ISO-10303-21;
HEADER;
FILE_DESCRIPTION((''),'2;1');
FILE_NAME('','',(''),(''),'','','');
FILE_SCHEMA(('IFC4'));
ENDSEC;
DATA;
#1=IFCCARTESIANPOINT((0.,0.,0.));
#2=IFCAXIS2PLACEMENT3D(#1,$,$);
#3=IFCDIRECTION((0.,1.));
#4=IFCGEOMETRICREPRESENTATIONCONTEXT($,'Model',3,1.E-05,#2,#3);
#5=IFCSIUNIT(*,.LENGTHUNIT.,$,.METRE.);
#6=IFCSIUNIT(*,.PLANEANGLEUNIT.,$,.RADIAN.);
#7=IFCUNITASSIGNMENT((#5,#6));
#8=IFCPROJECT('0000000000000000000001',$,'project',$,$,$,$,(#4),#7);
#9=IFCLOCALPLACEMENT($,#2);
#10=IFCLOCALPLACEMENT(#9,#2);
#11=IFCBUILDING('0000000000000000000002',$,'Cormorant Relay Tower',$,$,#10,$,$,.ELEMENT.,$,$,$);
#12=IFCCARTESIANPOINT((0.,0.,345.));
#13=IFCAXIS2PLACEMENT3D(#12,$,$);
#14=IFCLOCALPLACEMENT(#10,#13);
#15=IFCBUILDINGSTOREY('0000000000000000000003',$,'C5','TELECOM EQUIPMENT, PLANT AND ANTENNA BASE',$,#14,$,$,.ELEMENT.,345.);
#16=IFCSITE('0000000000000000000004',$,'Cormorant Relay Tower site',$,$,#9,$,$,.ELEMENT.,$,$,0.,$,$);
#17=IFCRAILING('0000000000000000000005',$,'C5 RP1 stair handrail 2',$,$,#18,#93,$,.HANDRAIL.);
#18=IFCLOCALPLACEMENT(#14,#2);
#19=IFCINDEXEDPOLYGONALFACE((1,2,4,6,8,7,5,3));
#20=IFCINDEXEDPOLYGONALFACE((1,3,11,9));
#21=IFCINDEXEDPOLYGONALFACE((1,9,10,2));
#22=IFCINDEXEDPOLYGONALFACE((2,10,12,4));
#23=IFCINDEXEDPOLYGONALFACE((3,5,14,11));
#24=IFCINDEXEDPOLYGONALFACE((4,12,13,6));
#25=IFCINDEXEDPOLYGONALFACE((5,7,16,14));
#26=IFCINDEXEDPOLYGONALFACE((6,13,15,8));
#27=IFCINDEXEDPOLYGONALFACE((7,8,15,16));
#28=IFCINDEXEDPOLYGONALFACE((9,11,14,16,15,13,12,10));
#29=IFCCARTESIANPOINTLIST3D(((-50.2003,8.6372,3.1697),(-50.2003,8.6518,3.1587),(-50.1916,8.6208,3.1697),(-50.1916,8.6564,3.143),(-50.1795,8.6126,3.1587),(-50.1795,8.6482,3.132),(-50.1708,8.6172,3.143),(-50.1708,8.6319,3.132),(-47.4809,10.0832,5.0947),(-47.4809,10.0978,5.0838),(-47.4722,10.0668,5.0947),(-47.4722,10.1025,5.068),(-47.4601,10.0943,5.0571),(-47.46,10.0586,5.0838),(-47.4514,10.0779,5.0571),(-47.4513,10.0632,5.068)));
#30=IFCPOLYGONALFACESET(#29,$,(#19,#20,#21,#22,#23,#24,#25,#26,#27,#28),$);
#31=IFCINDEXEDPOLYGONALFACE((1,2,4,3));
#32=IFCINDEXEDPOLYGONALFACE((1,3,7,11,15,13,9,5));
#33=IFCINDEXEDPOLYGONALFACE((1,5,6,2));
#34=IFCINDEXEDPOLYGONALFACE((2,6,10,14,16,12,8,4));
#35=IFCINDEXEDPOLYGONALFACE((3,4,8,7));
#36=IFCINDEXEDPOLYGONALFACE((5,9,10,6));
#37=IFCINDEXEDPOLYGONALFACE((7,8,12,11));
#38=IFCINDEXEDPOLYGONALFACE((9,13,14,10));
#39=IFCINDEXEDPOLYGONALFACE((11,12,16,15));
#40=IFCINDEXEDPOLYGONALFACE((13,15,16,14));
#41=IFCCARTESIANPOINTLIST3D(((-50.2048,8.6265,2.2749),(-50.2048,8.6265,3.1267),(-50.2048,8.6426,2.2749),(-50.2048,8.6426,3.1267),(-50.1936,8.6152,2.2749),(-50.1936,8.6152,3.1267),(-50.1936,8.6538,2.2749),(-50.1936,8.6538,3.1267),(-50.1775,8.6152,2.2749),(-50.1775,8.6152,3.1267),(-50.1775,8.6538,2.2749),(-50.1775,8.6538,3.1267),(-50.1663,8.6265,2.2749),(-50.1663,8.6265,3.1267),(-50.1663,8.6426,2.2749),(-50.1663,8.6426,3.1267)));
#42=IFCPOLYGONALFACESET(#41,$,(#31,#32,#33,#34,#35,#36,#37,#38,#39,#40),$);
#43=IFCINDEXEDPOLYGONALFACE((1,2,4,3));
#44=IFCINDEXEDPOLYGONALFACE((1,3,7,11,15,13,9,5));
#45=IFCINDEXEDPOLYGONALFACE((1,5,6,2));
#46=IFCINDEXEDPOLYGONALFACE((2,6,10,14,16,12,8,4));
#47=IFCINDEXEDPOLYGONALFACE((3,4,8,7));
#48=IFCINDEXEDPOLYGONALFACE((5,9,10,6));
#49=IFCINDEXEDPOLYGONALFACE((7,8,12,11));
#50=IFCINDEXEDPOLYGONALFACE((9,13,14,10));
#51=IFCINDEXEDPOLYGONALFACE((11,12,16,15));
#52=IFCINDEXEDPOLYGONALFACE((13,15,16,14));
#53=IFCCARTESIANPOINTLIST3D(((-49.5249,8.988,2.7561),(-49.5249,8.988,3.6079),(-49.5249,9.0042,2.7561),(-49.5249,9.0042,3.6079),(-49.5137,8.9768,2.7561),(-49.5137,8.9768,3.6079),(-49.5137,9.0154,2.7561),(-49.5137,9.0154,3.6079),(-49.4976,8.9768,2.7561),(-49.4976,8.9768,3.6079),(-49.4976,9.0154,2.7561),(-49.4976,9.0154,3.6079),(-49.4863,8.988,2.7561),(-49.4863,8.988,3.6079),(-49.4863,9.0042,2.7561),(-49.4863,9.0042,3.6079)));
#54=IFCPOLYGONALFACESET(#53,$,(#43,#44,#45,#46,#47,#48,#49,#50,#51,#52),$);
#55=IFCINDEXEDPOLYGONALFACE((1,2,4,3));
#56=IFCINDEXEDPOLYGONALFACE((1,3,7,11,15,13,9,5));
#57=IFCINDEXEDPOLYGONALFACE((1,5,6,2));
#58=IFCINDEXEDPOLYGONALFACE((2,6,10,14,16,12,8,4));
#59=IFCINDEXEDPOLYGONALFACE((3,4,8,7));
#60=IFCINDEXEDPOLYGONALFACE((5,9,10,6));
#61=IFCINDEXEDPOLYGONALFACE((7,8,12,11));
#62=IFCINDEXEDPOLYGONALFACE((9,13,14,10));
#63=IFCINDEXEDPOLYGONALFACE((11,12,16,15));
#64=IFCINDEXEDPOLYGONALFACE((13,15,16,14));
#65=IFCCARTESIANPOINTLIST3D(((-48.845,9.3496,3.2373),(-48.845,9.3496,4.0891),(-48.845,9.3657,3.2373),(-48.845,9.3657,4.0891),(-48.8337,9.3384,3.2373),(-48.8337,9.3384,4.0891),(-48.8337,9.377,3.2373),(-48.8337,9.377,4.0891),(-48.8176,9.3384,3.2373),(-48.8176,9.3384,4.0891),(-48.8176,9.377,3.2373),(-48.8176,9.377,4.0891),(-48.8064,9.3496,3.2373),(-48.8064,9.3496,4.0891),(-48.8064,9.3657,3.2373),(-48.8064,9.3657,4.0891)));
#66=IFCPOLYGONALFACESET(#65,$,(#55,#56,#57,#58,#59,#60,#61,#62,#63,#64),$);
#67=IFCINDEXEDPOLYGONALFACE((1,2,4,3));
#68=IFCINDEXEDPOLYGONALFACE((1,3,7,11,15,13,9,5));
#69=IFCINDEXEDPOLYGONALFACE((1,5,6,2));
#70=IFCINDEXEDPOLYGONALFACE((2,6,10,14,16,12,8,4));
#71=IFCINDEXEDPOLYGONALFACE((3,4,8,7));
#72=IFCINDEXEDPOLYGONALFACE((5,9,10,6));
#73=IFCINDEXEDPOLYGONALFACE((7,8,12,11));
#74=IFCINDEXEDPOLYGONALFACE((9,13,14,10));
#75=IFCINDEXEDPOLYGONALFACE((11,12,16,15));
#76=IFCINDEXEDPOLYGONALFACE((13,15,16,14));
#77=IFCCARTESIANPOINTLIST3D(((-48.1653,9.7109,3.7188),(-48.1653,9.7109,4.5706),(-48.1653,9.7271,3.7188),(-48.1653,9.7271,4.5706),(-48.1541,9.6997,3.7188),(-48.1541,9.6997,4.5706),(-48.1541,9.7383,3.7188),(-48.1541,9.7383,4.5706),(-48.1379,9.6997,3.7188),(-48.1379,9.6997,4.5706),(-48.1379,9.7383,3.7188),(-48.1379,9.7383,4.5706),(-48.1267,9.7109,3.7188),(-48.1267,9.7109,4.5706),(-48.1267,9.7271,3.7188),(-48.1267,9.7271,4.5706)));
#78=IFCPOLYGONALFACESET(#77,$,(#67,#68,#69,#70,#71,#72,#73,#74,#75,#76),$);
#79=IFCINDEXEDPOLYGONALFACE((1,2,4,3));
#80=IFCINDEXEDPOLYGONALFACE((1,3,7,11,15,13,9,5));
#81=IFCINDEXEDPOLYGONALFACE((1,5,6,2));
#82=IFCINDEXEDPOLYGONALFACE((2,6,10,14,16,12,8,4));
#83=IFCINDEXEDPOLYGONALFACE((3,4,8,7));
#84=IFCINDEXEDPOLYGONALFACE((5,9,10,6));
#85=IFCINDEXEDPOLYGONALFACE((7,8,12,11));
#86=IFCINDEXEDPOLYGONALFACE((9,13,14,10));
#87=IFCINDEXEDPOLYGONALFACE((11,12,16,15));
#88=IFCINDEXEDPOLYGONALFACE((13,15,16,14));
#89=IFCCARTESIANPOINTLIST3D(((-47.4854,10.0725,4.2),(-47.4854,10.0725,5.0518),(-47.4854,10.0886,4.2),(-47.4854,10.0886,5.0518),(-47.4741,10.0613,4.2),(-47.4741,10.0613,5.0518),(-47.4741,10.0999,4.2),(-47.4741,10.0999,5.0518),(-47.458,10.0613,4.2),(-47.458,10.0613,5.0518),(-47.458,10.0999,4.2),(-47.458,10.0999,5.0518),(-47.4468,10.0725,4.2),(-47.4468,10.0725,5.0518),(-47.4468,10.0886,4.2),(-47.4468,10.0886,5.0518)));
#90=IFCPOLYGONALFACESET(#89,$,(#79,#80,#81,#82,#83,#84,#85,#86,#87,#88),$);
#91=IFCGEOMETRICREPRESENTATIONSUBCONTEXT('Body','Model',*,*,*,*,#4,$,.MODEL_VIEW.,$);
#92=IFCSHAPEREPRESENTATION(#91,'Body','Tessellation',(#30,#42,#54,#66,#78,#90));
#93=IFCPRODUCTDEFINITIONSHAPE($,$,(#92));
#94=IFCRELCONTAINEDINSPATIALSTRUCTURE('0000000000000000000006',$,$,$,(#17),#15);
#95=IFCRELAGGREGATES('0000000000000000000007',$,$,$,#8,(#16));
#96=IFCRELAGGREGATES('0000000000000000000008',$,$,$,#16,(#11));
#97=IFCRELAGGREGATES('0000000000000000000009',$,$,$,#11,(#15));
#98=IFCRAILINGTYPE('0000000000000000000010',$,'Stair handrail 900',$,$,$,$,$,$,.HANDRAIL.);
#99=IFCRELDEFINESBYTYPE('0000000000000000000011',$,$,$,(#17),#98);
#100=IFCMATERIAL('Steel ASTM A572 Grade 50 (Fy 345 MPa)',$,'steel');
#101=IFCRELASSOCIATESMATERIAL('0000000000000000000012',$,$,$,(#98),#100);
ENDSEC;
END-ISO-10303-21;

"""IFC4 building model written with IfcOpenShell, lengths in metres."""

from ifc_helpers import new_model, si_unit, direction, frame, origin, place, context, subcontext, project, spatial, polyline, outline, extrude, material, type_object, element, save


model = new_model("IFC4")

# Units and contexts
model_context = context("Model", 3, precision=1e-05, world=origin(), true_north=direction((0.0, 1.0)))
body_context = subcontext(model_context, "Body", "Model", "MODEL_VIEW")
ifc_project = project(units=[si_unit("LENGTHUNIT", "METRE"), si_unit("PLANEANGLEUNIT", "RADIAN")], contexts=[model_context])

# Site, building, storey
site_placement = place(None, origin())
site = spatial("IfcSite", under=ifc_project, at=site_placement, Name="Cormorant Relay Tower site", CompositionType="ELEMENT", RefElevation=0.0)
building_placement = place(site_placement, origin())
building = spatial("IfcBuilding", under=site, at=building_placement, Name="Cormorant Relay Tower", CompositionType="ELEMENT")
storey_placement = place(building_placement, frame((0.0, 0.0, 345.0)))
storey = spatial("IfcBuildingStorey", under=building, at=storey_placement, Name="C5", Description="TELECOM EQUIPMENT, PLANT AND ANTENNA BASE", CompositionType="ELEMENT", Elevation=345.0)

# Railing
ifc_material_1 = material(Name="Steel ASTM A572 Grade 50 (Fy 345 MPa)", Category="steel")
railing_type_1 = type_object("IfcRailingType", Name="Stair handrail 900", PredefinedType="HANDRAIL", material=ifc_material_1)
railing_1_placement = place(storey_placement, frame((-50.1855, 8.6345, 2.2749)))
element("IfcRailing", 1, at=railing_1_placement, inside=storey, type_object=railing_type_1, Name="C5 RP1 stair handrail 2", PredefinedType="HANDRAIL", context=body_context, shape_type="SweptSolid", body=[
    extrude(outline(polyline([(0.0222, 0.0093), (0.0093, 0.0222), (-0.0093, 0.0222), (-0.0222, 0.0093), (-0.0222, -0.0093), (-0.0093, -0.0222), (0.0093, -0.0222), (0.0222, -0.0093), (0.0222, 0.0093)])), frame((0.0, 0.0, 0.876), z_axis=(0.748727, 0.398125, 0.530004), x_axis=(-0.469489, 0.882938, 0.0)), (0.0, 0.0, 1.0), 3.6321),
    extrude(outline(polyline([(0.0193, 0.0081), (0.0081, 0.0193), (-0.0081, 0.0193), (-0.0193, 0.0081), (-0.0193, -0.0081), (-0.0081, -0.0193), (0.0081, -0.0193), (0.0193, -0.0081), (0.0193, 0.0081)])), origin(), (0.0, 0.0, 1.0), 0.8518),
    extrude(outline(polyline([(0.0193, 0.0081), (0.0081, 0.0193), (-0.0081, 0.0193), (-0.0193, 0.0081), (-0.0193, -0.0081), (-0.0081, -0.0193), (0.0081, -0.0193), (0.0193, -0.0081), (0.0193, 0.0081)])), frame((0.6799, 0.3616, 0.4812)), (0.0, 0.0, 1.0), 0.8518),
    extrude(outline(polyline([(0.0193, 0.0081), (0.0081, 0.0193), (-0.0081, 0.0193), (-0.0193, 0.0081), (-0.0193, -0.0081), (-0.0081, -0.0193), (0.0081, -0.0193), (0.0193, -0.0081), (0.0193, 0.0081)])), frame((1.3599, 0.7231, 0.9624)), (0.0, 0.0, 1.0), 0.8518),
    extrude(outline(polyline([(0.0193, 0.0081), (0.0081, 0.0193), (-0.0081, 0.0193), (-0.0193, 0.0081), (-0.0193, -0.0081), (-0.0081, -0.0193), (0.0081, -0.0193), (0.0193, -0.0081), (0.0193, 0.0081)])), frame((2.0396, 1.0845, 1.4438)), (0.0, 0.0, 1.0), 0.8518),
    extrude(outline(polyline([(0.0193, 0.0081), (0.0081, 0.0193), (-0.0081, 0.0193), (-0.0193, 0.0081), (-0.0193, -0.0081), (-0.0081, -0.0193), (0.0081, -0.0193), (0.0193, -0.0081), (0.0193, 0.0081)])), frame((2.7195, 1.446, 1.925)), (0.0, 0.0, 1.0), 0.8518),
])

save(model, "model.ifc")
